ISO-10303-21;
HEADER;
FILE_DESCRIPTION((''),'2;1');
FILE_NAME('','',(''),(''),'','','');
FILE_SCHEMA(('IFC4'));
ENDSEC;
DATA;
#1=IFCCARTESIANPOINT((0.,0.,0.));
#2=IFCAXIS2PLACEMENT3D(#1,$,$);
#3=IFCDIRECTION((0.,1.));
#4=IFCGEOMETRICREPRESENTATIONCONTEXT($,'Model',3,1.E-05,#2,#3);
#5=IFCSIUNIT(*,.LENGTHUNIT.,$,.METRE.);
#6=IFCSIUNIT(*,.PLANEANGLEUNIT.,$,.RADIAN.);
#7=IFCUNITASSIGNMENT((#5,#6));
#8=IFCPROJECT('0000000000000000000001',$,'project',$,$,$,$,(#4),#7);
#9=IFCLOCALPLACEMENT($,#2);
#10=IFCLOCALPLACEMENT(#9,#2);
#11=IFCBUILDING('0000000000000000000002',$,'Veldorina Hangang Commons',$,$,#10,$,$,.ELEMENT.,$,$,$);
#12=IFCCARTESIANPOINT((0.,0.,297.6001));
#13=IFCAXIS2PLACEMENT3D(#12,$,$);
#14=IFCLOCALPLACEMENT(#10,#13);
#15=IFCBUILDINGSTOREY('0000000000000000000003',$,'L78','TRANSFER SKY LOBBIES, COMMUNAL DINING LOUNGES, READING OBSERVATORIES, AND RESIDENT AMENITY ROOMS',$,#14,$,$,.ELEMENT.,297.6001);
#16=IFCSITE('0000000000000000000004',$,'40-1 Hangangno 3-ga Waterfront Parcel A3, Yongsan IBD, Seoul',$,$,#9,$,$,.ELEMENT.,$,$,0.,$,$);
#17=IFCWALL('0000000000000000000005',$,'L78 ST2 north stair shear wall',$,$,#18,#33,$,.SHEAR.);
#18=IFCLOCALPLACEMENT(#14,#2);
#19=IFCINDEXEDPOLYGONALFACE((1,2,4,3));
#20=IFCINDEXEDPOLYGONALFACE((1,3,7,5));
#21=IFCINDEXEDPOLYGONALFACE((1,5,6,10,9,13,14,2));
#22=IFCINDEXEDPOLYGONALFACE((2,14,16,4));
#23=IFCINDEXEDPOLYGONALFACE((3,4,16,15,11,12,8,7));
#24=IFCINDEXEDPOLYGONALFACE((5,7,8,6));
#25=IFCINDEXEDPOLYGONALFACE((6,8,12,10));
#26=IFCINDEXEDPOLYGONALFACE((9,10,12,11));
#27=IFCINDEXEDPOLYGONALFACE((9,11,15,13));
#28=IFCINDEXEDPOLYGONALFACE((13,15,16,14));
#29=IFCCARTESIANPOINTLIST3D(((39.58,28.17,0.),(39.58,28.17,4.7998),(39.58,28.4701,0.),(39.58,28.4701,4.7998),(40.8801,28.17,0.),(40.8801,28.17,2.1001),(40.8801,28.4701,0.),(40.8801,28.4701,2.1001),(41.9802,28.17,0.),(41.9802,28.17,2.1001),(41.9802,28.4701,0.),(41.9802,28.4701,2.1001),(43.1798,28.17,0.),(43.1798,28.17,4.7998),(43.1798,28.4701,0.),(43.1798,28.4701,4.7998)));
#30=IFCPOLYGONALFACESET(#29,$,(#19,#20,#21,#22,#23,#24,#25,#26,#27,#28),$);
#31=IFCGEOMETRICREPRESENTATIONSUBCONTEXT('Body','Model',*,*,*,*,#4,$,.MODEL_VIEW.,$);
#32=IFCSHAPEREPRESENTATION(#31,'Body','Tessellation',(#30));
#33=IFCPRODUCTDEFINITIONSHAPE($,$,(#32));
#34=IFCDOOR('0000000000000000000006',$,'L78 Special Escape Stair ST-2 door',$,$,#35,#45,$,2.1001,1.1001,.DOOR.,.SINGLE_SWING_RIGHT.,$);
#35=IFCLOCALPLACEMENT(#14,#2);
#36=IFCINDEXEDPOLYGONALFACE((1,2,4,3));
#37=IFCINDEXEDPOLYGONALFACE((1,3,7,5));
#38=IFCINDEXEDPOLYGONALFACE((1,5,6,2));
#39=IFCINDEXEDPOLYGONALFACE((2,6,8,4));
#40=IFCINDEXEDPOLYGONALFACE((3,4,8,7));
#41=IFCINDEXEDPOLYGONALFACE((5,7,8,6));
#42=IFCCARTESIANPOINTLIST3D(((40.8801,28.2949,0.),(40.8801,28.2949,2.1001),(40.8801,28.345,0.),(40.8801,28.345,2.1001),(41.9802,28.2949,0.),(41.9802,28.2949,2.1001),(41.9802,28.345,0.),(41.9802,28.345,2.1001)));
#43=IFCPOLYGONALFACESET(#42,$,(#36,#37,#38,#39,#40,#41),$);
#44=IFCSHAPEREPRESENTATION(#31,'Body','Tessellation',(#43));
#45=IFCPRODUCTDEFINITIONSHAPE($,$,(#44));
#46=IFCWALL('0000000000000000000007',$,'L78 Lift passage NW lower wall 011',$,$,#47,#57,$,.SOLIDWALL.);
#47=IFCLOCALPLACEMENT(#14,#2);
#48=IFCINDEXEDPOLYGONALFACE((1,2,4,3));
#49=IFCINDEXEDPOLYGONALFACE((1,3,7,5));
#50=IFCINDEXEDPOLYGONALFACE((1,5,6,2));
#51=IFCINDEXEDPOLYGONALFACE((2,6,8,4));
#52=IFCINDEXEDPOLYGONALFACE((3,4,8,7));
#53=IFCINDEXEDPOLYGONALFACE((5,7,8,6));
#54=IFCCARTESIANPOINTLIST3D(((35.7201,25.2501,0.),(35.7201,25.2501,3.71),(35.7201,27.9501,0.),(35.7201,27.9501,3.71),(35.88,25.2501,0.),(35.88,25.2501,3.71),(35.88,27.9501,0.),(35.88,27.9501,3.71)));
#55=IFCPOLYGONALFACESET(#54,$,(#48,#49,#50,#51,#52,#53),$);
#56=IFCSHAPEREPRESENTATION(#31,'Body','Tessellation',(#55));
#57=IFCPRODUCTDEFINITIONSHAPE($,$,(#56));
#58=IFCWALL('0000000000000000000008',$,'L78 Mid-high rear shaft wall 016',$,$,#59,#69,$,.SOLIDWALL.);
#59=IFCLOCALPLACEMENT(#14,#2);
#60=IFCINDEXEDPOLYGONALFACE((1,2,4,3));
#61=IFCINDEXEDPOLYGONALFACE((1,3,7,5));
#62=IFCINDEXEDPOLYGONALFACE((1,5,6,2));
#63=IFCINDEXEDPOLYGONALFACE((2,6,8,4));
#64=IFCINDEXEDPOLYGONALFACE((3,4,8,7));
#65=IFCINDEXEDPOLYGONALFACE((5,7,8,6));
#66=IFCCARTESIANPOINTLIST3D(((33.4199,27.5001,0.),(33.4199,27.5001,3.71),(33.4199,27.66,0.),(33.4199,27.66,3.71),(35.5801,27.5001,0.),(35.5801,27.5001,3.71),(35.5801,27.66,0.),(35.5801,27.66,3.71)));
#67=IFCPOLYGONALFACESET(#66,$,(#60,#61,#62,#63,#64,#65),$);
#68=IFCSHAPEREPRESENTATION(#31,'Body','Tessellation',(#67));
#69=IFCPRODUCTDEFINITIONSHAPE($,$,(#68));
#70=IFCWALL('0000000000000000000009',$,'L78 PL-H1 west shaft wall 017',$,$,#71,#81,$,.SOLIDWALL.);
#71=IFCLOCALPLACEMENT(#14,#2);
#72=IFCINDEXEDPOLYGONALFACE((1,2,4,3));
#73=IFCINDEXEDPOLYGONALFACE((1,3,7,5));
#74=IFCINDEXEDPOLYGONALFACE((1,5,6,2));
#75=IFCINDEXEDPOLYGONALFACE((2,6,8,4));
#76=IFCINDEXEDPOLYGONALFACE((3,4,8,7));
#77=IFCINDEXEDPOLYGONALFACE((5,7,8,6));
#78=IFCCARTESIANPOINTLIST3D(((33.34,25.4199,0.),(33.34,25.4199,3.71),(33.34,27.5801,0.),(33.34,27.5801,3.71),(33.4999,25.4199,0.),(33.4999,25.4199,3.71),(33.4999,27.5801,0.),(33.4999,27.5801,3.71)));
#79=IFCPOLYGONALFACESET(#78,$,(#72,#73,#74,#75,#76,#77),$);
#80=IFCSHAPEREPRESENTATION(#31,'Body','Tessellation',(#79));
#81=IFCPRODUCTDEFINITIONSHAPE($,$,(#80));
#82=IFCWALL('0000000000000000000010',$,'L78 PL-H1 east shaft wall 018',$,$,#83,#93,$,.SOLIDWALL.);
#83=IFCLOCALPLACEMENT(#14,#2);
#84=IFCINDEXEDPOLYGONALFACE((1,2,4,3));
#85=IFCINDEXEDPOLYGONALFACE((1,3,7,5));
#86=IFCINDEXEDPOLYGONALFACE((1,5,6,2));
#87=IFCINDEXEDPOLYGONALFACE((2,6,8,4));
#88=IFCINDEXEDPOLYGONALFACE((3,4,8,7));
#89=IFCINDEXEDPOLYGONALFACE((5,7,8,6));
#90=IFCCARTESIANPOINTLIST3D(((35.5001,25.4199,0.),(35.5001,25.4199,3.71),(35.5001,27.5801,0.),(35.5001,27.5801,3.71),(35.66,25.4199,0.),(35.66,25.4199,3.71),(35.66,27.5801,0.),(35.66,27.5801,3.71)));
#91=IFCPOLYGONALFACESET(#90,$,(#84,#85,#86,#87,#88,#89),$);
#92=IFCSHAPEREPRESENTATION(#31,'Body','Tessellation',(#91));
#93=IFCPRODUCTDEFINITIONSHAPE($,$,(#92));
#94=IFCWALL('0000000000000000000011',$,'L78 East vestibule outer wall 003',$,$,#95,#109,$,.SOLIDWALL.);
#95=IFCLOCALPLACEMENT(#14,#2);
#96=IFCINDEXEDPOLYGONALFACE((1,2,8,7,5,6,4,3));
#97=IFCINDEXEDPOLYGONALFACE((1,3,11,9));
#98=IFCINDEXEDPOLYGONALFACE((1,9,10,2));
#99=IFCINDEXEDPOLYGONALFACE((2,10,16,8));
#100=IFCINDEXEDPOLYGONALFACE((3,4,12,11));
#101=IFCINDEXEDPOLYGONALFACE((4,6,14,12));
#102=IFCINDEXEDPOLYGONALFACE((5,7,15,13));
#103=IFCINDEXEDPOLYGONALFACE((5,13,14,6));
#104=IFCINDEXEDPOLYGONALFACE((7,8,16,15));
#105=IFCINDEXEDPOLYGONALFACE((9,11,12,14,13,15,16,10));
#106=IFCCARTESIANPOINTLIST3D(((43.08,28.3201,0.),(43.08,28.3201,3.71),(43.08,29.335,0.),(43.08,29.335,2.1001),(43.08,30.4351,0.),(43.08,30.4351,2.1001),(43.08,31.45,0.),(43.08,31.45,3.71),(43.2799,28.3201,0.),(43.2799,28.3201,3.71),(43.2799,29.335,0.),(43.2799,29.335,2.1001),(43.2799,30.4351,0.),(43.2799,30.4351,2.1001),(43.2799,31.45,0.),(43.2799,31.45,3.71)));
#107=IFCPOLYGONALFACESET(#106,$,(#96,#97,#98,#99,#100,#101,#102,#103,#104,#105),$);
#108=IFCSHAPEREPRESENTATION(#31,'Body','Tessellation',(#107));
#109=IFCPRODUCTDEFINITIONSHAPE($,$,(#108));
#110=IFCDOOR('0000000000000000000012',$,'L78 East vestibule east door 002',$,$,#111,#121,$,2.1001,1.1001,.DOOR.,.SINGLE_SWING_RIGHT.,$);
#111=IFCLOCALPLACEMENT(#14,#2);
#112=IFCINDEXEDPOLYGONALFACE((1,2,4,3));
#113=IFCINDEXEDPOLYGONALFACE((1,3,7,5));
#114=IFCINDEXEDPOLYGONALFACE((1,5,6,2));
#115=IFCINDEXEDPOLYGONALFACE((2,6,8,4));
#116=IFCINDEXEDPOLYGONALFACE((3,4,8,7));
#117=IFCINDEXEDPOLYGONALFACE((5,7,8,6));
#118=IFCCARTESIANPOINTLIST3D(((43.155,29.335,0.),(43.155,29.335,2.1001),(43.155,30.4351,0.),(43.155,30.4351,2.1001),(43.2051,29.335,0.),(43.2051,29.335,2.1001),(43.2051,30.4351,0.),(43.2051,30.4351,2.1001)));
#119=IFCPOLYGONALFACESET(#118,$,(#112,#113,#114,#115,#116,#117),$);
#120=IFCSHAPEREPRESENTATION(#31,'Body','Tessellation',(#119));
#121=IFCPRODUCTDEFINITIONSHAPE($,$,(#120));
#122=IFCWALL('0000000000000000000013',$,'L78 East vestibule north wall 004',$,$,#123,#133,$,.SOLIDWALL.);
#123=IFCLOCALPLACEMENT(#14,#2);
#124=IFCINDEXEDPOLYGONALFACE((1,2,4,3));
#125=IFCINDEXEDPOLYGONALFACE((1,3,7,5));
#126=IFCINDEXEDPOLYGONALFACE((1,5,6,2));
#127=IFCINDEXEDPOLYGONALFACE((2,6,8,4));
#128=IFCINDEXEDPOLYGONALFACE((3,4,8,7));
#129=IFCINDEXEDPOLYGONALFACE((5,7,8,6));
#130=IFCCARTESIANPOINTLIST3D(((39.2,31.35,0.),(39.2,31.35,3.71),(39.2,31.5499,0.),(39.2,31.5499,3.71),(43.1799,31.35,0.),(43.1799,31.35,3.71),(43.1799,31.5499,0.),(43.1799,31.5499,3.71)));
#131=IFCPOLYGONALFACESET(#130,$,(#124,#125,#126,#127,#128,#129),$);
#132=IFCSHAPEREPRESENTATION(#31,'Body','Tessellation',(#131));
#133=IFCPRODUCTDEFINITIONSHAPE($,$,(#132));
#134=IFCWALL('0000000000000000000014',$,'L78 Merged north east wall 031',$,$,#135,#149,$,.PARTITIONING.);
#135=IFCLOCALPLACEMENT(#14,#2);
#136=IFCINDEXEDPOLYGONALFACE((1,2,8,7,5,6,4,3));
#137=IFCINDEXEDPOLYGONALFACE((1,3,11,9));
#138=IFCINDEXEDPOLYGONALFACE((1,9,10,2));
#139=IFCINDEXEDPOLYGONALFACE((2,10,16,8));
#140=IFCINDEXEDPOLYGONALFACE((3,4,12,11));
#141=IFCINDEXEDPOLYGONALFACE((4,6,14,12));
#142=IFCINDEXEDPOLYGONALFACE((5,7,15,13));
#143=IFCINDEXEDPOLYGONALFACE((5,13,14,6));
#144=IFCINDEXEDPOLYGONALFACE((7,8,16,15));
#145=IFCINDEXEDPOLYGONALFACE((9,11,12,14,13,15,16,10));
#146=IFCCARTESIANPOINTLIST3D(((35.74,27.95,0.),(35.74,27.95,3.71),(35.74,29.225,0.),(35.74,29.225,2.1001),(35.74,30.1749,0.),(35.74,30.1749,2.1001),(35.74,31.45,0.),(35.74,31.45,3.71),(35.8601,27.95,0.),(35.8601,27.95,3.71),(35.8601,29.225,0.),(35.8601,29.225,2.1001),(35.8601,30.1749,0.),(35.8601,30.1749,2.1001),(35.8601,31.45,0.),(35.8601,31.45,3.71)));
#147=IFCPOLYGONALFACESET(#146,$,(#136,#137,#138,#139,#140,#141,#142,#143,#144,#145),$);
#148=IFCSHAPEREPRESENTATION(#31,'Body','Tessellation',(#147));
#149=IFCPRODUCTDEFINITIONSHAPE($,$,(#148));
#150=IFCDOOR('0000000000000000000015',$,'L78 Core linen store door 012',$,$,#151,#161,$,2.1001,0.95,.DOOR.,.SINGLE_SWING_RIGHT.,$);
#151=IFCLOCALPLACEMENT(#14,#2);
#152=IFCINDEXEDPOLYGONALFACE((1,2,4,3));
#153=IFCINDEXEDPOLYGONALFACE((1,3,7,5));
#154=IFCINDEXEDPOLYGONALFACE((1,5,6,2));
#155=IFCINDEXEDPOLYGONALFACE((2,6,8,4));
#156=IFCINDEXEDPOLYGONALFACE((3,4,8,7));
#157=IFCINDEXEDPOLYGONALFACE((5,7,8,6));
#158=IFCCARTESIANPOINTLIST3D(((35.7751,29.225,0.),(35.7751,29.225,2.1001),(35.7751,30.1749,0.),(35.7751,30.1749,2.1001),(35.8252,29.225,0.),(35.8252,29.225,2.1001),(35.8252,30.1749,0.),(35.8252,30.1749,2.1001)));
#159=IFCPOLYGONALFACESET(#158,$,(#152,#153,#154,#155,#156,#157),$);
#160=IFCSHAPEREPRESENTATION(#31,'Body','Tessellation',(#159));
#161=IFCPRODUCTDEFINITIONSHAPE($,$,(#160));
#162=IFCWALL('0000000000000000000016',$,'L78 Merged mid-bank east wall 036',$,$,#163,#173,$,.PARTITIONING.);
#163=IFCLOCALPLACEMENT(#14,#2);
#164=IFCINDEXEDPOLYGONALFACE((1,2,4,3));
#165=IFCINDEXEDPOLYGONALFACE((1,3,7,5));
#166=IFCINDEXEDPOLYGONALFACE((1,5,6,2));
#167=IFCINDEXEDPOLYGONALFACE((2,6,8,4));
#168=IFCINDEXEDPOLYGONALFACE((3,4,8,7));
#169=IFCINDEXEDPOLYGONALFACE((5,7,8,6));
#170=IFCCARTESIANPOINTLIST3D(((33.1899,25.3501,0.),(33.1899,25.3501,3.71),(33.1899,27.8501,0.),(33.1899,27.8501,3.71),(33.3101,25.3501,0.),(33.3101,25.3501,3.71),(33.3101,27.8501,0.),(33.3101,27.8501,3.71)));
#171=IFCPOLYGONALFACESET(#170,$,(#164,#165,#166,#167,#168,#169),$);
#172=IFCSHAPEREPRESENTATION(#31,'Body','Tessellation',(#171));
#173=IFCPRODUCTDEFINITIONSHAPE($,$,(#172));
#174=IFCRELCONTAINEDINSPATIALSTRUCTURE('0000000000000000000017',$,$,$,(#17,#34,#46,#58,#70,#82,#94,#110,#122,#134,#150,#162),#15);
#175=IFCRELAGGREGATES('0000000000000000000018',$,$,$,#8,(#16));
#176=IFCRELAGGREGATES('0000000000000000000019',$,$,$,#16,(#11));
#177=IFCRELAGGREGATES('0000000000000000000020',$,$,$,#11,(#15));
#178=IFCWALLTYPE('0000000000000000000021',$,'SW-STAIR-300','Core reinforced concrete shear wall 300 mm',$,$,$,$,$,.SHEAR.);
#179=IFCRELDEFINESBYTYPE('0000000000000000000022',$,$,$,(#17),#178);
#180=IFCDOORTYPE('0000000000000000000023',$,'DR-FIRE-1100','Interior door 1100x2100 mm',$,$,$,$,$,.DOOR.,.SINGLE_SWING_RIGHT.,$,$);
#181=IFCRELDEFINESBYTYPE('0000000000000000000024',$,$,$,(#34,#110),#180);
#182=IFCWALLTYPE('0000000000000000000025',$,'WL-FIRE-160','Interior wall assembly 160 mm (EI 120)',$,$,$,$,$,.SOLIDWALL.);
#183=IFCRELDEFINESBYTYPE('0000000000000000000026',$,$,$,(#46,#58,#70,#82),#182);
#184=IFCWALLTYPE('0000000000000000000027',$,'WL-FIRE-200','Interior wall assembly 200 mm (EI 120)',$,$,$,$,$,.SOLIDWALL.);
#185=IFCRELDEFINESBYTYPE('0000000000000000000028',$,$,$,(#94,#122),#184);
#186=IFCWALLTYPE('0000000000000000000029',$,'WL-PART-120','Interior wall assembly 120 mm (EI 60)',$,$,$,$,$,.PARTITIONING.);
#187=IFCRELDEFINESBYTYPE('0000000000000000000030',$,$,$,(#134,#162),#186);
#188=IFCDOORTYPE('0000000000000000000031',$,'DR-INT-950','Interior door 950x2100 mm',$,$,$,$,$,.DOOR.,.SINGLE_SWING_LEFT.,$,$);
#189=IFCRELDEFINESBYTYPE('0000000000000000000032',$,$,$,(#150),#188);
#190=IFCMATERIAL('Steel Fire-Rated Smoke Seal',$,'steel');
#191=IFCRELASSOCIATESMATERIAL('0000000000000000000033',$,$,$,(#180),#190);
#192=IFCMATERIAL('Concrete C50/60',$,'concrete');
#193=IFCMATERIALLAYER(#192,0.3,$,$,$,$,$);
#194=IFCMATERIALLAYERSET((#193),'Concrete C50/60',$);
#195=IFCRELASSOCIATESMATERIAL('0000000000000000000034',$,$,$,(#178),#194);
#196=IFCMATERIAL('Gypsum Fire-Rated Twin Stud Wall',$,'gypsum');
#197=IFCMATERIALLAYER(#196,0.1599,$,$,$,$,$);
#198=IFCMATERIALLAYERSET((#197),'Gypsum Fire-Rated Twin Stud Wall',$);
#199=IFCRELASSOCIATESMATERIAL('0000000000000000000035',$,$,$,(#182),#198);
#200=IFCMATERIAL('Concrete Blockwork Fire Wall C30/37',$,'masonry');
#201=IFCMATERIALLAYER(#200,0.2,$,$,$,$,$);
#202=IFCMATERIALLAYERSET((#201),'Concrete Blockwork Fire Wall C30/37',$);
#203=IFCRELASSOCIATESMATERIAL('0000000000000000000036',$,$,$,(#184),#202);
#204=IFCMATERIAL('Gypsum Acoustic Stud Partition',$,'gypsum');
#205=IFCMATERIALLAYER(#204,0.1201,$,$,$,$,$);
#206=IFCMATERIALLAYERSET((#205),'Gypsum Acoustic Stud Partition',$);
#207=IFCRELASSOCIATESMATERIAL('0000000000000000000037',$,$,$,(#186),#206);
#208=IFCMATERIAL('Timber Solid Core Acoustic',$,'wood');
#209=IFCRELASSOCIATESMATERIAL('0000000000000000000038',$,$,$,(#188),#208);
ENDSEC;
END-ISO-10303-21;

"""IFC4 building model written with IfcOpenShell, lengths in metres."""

from ifc_helpers import new_model, si_unit, direction, frame, frame_2d, origin, place, context, subcontext, project, spatial, rectangle, extrude, material, layer, layer_set, type_object, element, fill, save


model = new_model("IFC4")

# Units and contexts
model_context = context("Model", 3, precision=1e-05, world=origin(), true_north=direction((0.0, 1.0)))
body_context = subcontext(model_context, "Body", "Model", "MODEL_VIEW")
ifc_project = project(units=[si_unit("LENGTHUNIT", "METRE"), si_unit("PLANEANGLEUNIT", "RADIAN")], contexts=[model_context])

# Site, building, storey
site_placement = place(None, origin())
site = spatial("IfcSite", under=ifc_project, at=site_placement, Name="40-1 Hangangno 3-ga Waterfront Parcel A3, Yongsan IBD, Seoul", CompositionType="ELEMENT", RefElevation=0.0)
building_placement = place(site_placement, origin())
building = spatial("IfcBuilding", under=site, at=building_placement, Name="Veldorina Hangang Commons", CompositionType="ELEMENT")
storey_placement = place(building_placement, frame((0.0, 0.0, 297.6001)))
storey = spatial("IfcBuildingStorey", under=building, at=storey_placement, Name="L78", Description="TRANSFER SKY LOBBIES, COMMUNAL DINING LOUNGES, READING OBSERVATORIES, AND RESIDENT AMENITY ROOMS", CompositionType="ELEMENT", Elevation=297.6001)

# Shared definitions
ifc_material_1 = material(Name="Concrete C50/60", Category="concrete")

# Wall, opening, door
ifc_material_2 = material(Name="Steel Fire-Rated Smoke Seal", Category="steel")
door_type_1 = type_object("IfcDoorType", Name="DR-FIRE-1100", Description="Interior door 1100x2100 mm", OperationType="SINGLE_SWING_RIGHT", PredefinedType="DOOR", material=ifc_material_2)
ifc_layer_1 = layer(ifc_material_1, 0.3)
ifc_layer_set_1 = layer_set([ifc_layer_1], Name="Concrete C50/60")
wall_type_1 = type_object("IfcWallType", Name="SW-STAIR-300", Description="Core reinforced concrete shear wall 300 mm", PredefinedType="SHEAR", material=ifc_layer_set_1)
wall_1_placement = place(storey_placement, frame((39.5801, 28.3201, 0.0), z_axis=(0.0, 0.0, 1.0), x_axis=(1.0, 0.0, 0.0)))
wall_1 = element("IfcWall", 1, at=wall_1_placement, inside=storey, type_object=wall_type_1, Name="L78 ST2 north stair shear wall", PredefinedType="SHEAR", context=body_context, shape_type="SweptSolid", body=[
    extrude(rectangle(XDim=3.5999, YDim=0.3, at=frame_2d((1.7998, 0.0))), origin(), (0.0, 0.0, 1.0), 4.7998),
])
opening_1_placement = place(wall_1_placement, frame((1.3, 0.0, 0.0)))
opening_1 = element("IfcOpeningElement", 2, at=opening_1_placement, cuts=wall_1, PredefinedType="OPENING", context=body_context, shape_type="SweptSolid", body=[
    extrude(rectangle(XDim=1.1001, YDim=2.1001, at=frame_2d((0.55, 1.05))), frame((0.0, 0.1602, 0.0), z_axis=(0.0, -1.0, 0.0), x_axis=(1.0, 0.0, 0.0)), (0.0, 0.0, 1.0), 0.3201),
])
door_1_placement = place(opening_1_placement, origin())
door_1 = element("IfcDoor", 3, at=door_1_placement, inside=storey, type_object=door_type_1, Name="L78 Special Escape Stair ST-2 door", OperationType="SINGLE_SWING_RIGHT", OverallHeight=2.1001, OverallWidth=1.1001, PredefinedType="DOOR", context=body_context, shape_type="SweptSolid", body=[
    extrude(rectangle(XDim=1.1001, YDim=2.1001, at=frame_2d((0.55, 1.05))), frame((0.0, 0.0249, 0.0), z_axis=(0.0, -1.0, 0.0), x_axis=(1.0, 0.0, 0.0)), (0.0, 0.0, 1.0), 0.05),
])
fill(opening_1, door_1)

# Wall
ifc_material_3 = material(Name="Gypsum Fire-Rated Twin Stud Wall", Category="gypsum")
ifc_layer_2 = layer(ifc_material_3, 0.1599)
ifc_layer_set_2 = layer_set([ifc_layer_2], Name="Gypsum Fire-Rated Twin Stud Wall")
wall_type_2 = type_object("IfcWallType", Name="WL-FIRE-160", Description="Interior wall assembly 160 mm (EI 120)", PredefinedType="SOLIDWALL", material=ifc_layer_set_2)
wall_2_placement = place(storey_placement, frame((35.8, 25.25, 0.0), z_axis=(0.0, 0.0, 1.0), x_axis=(0.0, 1.0, 0.0)))
element("IfcWall", 4, at=wall_2_placement, inside=storey, type_object=wall_type_2, Name="L78 Lift passage NW lower wall 011", PredefinedType="SOLIDWALL", context=body_context, shape_type="SweptSolid", body=[
    extrude(rectangle(XDim=2.7, YDim=0.1599, at=frame_2d((1.3501, 0.0))), origin(), (0.0, 0.0, 1.0), 3.71),
])

# Walls
for number, where, z_axis, x_axis, name in (
    (5, (33.4199, 27.5801, 0.0), (0.0, 0.0, 1.0), (1.0, 0.0, 0.0), "L78 Mid-high rear shaft wall 016"),
    (6, (33.4199, 25.4199, 0.0), (0.0, 0.0, 1.0), (0.0, 1.0, 0.0), "L78 PL-H1 west shaft wall 017"),
    (7, (35.5801, 25.4199, 0.0), (0.0, 0.0, 1.0), (0.0, 1.0, 0.0), "L78 PL-H1 east shaft wall 018"),
):
    element("IfcWall", number, at=place(storey_placement, frame(where, z_axis=z_axis, x_axis=x_axis)), inside=storey, type_object=wall_type_2, Name=name, PredefinedType="SOLIDWALL", context=body_context, shape_type="SweptSolid", body=[
        extrude(rectangle(XDim=2.1602, YDim=0.1599, at=frame_2d((1.0801, 0.0))), origin(), (0.0, 0.0, 1.0), 3.71),
    ])

# Wall, opening, door
ifc_material_4 = material(Name="Concrete Blockwork Fire Wall C30/37", Category="masonry")
ifc_layer_3 = layer(ifc_material_4, 0.2)
ifc_layer_set_3 = layer_set([ifc_layer_3], Name="Concrete Blockwork Fire Wall C30/37")
wall_type_3 = type_object("IfcWallType", Name="WL-FIRE-200", Description="Interior wall assembly 200 mm (EI 120)", PredefinedType="SOLIDWALL", material=ifc_layer_set_3)
wall_3_placement = place(storey_placement, frame((43.1799, 28.3201, 0.0), z_axis=(0.0, 0.0, 1.0), x_axis=(0.0, 1.0, 0.0)))
wall_3 = element("IfcWall", 8, at=wall_3_placement, inside=storey, type_object=wall_type_3, Name="L78 East vestibule outer wall 003", PredefinedType="SOLIDWALL", context=body_context, shape_type="SweptSolid", body=[
    extrude(rectangle(XDim=3.1299, YDim=0.2, at=frame_2d((1.5649, 0.0))), origin(), (0.0, 0.0, 1.0), 3.71),
])
opening_2_placement = place(wall_3_placement, frame((1.0149, 0.0, 0.0)))
opening_2 = element("IfcOpeningElement", 9, at=opening_2_placement, cuts=wall_3, PredefinedType="OPENING", context=body_context, shape_type="SweptSolid", body=[
    extrude(rectangle(XDim=1.1001, YDim=2.1001, at=frame_2d((0.55, 1.05))), frame((0.0, 0.1099, 0.0), z_axis=(0.0, -1.0, 0.0), x_axis=(1.0, 0.0, 0.0)), (0.0, 0.0, 1.0), 0.22),
])
door_2_placement = place(opening_2_placement, origin())
door_2 = element("IfcDoor", 10, at=door_2_placement, inside=storey, type_object=door_type_1, Name="L78 East vestibule east door 002", OperationType="SINGLE_SWING_RIGHT", OverallHeight=2.1001, OverallWidth=1.1001, PredefinedType="DOOR", context=body_context, shape_type="SweptSolid", body=[
    extrude(rectangle(XDim=1.1001, YDim=2.1001, at=frame_2d((0.55, 1.05))), frame((0.0, 0.0249, 0.0), z_axis=(0.0, -1.0, 0.0), x_axis=(1.0, 0.0, 0.0)), (0.0, 0.0, 1.0), 0.05),
])
fill(opening_2, door_2)

# Wall
wall_4_placement = place(storey_placement, frame((39.2, 31.45, 0.0), z_axis=(0.0, 0.0, 1.0), x_axis=(1.0, 0.0, 0.0)))
element("IfcWall", 11, at=wall_4_placement, inside=storey, type_object=wall_type_3, Name="L78 East vestibule north wall 004", PredefinedType="SOLIDWALL", context=body_context, shape_type="SweptSolid", body=[
    extrude(rectangle(XDim=3.98, YDim=0.2, at=frame_2d((1.99, 0.0))), origin(), (0.0, 0.0, 1.0), 3.71),
])

# Wall, opening, door
ifc_material_5 = material(Name="Gypsum Acoustic Stud Partition", Category="gypsum")
ifc_layer_4 = layer(ifc_material_5, 0.1201)
ifc_layer_set_4 = layer_set([ifc_layer_4], Name="Gypsum Acoustic Stud Partition")
wall_type_4 = type_object("IfcWallType", Name="WL-PART-120", Description="Interior wall assembly 120 mm (EI 60)", PredefinedType="PARTITIONING", material=ifc_layer_set_4)
wall_5_placement = place(storey_placement, frame((35.8, 27.95, 0.0), z_axis=(0.0, 0.0, 1.0), x_axis=(0.0, 1.0, 0.0)))
wall_5 = element("IfcWall", 12, at=wall_5_placement, inside=storey, type_object=wall_type_4, Name="L78 Merged north east wall 031", PredefinedType="PARTITIONING", context=body_context, shape_type="SweptSolid", body=[
    extrude(rectangle(XDim=3.5, YDim=0.1201, at=frame_2d((1.75, 0.0))), origin(), (0.0, 0.0, 1.0), 3.71),
])
opening_3_placement = place(wall_5_placement, frame((1.2749, 0.0, 0.0)))
opening_3 = element("IfcOpeningElement", 13, at=opening_3_placement, cuts=wall_5, PredefinedType="OPENING", context=body_context, shape_type="SweptSolid", body=[
    extrude(rectangle(XDim=0.95, YDim=2.1001, at=frame_2d((0.4751, 1.05))), frame((0.0, 0.0701, 0.0), z_axis=(0.0, -1.0, 0.0), x_axis=(1.0, 0.0, 0.0)), (0.0, 0.0, 1.0), 0.1401),
])
ifc_material_6 = material(Name="Timber Solid Core Acoustic", Category="wood")
door_type_2 = type_object("IfcDoorType", Name="DR-INT-950", Description="Interior door 950x2100 mm", OperationType="SINGLE_SWING_LEFT", PredefinedType="DOOR", material=ifc_material_6)
door_3_placement = place(opening_3_placement, origin())
door_3 = element("IfcDoor", 14, at=door_3_placement, inside=storey, type_object=door_type_2, Name="L78 Core linen store door 012", OperationType="SINGLE_SWING_RIGHT", OverallHeight=2.1001, OverallWidth=0.95, PredefinedType="DOOR", context=body_context, shape_type="SweptSolid", body=[
    extrude(rectangle(XDim=0.95, YDim=2.1001, at=frame_2d((0.4751, 1.05))), frame((0.0, 0.0249, 0.0), z_axis=(0.0, -1.0, 0.0), x_axis=(1.0, 0.0, 0.0)), (0.0, 0.0, 1.0), 0.05),
])
fill(opening_3, door_3)

# Wall
wall_6_placement = place(storey_placement, frame((33.25, 25.3501, 0.0), z_axis=(0.0, 0.0, 1.0), x_axis=(0.0, 1.0, 0.0)))
element("IfcWall", 15, at=wall_6_placement, inside=storey, type_object=wall_type_4, Name="L78 Merged mid-bank east wall 036", PredefinedType="PARTITIONING", context=body_context, shape_type="SweptSolid", body=[
    extrude(rectangle(XDim=2.5, YDim=0.1201, at=frame_2d((1.25, 0.0))), origin(), (0.0, 0.0, 1.0), 3.71),
])

save(model, "model.ifc")
